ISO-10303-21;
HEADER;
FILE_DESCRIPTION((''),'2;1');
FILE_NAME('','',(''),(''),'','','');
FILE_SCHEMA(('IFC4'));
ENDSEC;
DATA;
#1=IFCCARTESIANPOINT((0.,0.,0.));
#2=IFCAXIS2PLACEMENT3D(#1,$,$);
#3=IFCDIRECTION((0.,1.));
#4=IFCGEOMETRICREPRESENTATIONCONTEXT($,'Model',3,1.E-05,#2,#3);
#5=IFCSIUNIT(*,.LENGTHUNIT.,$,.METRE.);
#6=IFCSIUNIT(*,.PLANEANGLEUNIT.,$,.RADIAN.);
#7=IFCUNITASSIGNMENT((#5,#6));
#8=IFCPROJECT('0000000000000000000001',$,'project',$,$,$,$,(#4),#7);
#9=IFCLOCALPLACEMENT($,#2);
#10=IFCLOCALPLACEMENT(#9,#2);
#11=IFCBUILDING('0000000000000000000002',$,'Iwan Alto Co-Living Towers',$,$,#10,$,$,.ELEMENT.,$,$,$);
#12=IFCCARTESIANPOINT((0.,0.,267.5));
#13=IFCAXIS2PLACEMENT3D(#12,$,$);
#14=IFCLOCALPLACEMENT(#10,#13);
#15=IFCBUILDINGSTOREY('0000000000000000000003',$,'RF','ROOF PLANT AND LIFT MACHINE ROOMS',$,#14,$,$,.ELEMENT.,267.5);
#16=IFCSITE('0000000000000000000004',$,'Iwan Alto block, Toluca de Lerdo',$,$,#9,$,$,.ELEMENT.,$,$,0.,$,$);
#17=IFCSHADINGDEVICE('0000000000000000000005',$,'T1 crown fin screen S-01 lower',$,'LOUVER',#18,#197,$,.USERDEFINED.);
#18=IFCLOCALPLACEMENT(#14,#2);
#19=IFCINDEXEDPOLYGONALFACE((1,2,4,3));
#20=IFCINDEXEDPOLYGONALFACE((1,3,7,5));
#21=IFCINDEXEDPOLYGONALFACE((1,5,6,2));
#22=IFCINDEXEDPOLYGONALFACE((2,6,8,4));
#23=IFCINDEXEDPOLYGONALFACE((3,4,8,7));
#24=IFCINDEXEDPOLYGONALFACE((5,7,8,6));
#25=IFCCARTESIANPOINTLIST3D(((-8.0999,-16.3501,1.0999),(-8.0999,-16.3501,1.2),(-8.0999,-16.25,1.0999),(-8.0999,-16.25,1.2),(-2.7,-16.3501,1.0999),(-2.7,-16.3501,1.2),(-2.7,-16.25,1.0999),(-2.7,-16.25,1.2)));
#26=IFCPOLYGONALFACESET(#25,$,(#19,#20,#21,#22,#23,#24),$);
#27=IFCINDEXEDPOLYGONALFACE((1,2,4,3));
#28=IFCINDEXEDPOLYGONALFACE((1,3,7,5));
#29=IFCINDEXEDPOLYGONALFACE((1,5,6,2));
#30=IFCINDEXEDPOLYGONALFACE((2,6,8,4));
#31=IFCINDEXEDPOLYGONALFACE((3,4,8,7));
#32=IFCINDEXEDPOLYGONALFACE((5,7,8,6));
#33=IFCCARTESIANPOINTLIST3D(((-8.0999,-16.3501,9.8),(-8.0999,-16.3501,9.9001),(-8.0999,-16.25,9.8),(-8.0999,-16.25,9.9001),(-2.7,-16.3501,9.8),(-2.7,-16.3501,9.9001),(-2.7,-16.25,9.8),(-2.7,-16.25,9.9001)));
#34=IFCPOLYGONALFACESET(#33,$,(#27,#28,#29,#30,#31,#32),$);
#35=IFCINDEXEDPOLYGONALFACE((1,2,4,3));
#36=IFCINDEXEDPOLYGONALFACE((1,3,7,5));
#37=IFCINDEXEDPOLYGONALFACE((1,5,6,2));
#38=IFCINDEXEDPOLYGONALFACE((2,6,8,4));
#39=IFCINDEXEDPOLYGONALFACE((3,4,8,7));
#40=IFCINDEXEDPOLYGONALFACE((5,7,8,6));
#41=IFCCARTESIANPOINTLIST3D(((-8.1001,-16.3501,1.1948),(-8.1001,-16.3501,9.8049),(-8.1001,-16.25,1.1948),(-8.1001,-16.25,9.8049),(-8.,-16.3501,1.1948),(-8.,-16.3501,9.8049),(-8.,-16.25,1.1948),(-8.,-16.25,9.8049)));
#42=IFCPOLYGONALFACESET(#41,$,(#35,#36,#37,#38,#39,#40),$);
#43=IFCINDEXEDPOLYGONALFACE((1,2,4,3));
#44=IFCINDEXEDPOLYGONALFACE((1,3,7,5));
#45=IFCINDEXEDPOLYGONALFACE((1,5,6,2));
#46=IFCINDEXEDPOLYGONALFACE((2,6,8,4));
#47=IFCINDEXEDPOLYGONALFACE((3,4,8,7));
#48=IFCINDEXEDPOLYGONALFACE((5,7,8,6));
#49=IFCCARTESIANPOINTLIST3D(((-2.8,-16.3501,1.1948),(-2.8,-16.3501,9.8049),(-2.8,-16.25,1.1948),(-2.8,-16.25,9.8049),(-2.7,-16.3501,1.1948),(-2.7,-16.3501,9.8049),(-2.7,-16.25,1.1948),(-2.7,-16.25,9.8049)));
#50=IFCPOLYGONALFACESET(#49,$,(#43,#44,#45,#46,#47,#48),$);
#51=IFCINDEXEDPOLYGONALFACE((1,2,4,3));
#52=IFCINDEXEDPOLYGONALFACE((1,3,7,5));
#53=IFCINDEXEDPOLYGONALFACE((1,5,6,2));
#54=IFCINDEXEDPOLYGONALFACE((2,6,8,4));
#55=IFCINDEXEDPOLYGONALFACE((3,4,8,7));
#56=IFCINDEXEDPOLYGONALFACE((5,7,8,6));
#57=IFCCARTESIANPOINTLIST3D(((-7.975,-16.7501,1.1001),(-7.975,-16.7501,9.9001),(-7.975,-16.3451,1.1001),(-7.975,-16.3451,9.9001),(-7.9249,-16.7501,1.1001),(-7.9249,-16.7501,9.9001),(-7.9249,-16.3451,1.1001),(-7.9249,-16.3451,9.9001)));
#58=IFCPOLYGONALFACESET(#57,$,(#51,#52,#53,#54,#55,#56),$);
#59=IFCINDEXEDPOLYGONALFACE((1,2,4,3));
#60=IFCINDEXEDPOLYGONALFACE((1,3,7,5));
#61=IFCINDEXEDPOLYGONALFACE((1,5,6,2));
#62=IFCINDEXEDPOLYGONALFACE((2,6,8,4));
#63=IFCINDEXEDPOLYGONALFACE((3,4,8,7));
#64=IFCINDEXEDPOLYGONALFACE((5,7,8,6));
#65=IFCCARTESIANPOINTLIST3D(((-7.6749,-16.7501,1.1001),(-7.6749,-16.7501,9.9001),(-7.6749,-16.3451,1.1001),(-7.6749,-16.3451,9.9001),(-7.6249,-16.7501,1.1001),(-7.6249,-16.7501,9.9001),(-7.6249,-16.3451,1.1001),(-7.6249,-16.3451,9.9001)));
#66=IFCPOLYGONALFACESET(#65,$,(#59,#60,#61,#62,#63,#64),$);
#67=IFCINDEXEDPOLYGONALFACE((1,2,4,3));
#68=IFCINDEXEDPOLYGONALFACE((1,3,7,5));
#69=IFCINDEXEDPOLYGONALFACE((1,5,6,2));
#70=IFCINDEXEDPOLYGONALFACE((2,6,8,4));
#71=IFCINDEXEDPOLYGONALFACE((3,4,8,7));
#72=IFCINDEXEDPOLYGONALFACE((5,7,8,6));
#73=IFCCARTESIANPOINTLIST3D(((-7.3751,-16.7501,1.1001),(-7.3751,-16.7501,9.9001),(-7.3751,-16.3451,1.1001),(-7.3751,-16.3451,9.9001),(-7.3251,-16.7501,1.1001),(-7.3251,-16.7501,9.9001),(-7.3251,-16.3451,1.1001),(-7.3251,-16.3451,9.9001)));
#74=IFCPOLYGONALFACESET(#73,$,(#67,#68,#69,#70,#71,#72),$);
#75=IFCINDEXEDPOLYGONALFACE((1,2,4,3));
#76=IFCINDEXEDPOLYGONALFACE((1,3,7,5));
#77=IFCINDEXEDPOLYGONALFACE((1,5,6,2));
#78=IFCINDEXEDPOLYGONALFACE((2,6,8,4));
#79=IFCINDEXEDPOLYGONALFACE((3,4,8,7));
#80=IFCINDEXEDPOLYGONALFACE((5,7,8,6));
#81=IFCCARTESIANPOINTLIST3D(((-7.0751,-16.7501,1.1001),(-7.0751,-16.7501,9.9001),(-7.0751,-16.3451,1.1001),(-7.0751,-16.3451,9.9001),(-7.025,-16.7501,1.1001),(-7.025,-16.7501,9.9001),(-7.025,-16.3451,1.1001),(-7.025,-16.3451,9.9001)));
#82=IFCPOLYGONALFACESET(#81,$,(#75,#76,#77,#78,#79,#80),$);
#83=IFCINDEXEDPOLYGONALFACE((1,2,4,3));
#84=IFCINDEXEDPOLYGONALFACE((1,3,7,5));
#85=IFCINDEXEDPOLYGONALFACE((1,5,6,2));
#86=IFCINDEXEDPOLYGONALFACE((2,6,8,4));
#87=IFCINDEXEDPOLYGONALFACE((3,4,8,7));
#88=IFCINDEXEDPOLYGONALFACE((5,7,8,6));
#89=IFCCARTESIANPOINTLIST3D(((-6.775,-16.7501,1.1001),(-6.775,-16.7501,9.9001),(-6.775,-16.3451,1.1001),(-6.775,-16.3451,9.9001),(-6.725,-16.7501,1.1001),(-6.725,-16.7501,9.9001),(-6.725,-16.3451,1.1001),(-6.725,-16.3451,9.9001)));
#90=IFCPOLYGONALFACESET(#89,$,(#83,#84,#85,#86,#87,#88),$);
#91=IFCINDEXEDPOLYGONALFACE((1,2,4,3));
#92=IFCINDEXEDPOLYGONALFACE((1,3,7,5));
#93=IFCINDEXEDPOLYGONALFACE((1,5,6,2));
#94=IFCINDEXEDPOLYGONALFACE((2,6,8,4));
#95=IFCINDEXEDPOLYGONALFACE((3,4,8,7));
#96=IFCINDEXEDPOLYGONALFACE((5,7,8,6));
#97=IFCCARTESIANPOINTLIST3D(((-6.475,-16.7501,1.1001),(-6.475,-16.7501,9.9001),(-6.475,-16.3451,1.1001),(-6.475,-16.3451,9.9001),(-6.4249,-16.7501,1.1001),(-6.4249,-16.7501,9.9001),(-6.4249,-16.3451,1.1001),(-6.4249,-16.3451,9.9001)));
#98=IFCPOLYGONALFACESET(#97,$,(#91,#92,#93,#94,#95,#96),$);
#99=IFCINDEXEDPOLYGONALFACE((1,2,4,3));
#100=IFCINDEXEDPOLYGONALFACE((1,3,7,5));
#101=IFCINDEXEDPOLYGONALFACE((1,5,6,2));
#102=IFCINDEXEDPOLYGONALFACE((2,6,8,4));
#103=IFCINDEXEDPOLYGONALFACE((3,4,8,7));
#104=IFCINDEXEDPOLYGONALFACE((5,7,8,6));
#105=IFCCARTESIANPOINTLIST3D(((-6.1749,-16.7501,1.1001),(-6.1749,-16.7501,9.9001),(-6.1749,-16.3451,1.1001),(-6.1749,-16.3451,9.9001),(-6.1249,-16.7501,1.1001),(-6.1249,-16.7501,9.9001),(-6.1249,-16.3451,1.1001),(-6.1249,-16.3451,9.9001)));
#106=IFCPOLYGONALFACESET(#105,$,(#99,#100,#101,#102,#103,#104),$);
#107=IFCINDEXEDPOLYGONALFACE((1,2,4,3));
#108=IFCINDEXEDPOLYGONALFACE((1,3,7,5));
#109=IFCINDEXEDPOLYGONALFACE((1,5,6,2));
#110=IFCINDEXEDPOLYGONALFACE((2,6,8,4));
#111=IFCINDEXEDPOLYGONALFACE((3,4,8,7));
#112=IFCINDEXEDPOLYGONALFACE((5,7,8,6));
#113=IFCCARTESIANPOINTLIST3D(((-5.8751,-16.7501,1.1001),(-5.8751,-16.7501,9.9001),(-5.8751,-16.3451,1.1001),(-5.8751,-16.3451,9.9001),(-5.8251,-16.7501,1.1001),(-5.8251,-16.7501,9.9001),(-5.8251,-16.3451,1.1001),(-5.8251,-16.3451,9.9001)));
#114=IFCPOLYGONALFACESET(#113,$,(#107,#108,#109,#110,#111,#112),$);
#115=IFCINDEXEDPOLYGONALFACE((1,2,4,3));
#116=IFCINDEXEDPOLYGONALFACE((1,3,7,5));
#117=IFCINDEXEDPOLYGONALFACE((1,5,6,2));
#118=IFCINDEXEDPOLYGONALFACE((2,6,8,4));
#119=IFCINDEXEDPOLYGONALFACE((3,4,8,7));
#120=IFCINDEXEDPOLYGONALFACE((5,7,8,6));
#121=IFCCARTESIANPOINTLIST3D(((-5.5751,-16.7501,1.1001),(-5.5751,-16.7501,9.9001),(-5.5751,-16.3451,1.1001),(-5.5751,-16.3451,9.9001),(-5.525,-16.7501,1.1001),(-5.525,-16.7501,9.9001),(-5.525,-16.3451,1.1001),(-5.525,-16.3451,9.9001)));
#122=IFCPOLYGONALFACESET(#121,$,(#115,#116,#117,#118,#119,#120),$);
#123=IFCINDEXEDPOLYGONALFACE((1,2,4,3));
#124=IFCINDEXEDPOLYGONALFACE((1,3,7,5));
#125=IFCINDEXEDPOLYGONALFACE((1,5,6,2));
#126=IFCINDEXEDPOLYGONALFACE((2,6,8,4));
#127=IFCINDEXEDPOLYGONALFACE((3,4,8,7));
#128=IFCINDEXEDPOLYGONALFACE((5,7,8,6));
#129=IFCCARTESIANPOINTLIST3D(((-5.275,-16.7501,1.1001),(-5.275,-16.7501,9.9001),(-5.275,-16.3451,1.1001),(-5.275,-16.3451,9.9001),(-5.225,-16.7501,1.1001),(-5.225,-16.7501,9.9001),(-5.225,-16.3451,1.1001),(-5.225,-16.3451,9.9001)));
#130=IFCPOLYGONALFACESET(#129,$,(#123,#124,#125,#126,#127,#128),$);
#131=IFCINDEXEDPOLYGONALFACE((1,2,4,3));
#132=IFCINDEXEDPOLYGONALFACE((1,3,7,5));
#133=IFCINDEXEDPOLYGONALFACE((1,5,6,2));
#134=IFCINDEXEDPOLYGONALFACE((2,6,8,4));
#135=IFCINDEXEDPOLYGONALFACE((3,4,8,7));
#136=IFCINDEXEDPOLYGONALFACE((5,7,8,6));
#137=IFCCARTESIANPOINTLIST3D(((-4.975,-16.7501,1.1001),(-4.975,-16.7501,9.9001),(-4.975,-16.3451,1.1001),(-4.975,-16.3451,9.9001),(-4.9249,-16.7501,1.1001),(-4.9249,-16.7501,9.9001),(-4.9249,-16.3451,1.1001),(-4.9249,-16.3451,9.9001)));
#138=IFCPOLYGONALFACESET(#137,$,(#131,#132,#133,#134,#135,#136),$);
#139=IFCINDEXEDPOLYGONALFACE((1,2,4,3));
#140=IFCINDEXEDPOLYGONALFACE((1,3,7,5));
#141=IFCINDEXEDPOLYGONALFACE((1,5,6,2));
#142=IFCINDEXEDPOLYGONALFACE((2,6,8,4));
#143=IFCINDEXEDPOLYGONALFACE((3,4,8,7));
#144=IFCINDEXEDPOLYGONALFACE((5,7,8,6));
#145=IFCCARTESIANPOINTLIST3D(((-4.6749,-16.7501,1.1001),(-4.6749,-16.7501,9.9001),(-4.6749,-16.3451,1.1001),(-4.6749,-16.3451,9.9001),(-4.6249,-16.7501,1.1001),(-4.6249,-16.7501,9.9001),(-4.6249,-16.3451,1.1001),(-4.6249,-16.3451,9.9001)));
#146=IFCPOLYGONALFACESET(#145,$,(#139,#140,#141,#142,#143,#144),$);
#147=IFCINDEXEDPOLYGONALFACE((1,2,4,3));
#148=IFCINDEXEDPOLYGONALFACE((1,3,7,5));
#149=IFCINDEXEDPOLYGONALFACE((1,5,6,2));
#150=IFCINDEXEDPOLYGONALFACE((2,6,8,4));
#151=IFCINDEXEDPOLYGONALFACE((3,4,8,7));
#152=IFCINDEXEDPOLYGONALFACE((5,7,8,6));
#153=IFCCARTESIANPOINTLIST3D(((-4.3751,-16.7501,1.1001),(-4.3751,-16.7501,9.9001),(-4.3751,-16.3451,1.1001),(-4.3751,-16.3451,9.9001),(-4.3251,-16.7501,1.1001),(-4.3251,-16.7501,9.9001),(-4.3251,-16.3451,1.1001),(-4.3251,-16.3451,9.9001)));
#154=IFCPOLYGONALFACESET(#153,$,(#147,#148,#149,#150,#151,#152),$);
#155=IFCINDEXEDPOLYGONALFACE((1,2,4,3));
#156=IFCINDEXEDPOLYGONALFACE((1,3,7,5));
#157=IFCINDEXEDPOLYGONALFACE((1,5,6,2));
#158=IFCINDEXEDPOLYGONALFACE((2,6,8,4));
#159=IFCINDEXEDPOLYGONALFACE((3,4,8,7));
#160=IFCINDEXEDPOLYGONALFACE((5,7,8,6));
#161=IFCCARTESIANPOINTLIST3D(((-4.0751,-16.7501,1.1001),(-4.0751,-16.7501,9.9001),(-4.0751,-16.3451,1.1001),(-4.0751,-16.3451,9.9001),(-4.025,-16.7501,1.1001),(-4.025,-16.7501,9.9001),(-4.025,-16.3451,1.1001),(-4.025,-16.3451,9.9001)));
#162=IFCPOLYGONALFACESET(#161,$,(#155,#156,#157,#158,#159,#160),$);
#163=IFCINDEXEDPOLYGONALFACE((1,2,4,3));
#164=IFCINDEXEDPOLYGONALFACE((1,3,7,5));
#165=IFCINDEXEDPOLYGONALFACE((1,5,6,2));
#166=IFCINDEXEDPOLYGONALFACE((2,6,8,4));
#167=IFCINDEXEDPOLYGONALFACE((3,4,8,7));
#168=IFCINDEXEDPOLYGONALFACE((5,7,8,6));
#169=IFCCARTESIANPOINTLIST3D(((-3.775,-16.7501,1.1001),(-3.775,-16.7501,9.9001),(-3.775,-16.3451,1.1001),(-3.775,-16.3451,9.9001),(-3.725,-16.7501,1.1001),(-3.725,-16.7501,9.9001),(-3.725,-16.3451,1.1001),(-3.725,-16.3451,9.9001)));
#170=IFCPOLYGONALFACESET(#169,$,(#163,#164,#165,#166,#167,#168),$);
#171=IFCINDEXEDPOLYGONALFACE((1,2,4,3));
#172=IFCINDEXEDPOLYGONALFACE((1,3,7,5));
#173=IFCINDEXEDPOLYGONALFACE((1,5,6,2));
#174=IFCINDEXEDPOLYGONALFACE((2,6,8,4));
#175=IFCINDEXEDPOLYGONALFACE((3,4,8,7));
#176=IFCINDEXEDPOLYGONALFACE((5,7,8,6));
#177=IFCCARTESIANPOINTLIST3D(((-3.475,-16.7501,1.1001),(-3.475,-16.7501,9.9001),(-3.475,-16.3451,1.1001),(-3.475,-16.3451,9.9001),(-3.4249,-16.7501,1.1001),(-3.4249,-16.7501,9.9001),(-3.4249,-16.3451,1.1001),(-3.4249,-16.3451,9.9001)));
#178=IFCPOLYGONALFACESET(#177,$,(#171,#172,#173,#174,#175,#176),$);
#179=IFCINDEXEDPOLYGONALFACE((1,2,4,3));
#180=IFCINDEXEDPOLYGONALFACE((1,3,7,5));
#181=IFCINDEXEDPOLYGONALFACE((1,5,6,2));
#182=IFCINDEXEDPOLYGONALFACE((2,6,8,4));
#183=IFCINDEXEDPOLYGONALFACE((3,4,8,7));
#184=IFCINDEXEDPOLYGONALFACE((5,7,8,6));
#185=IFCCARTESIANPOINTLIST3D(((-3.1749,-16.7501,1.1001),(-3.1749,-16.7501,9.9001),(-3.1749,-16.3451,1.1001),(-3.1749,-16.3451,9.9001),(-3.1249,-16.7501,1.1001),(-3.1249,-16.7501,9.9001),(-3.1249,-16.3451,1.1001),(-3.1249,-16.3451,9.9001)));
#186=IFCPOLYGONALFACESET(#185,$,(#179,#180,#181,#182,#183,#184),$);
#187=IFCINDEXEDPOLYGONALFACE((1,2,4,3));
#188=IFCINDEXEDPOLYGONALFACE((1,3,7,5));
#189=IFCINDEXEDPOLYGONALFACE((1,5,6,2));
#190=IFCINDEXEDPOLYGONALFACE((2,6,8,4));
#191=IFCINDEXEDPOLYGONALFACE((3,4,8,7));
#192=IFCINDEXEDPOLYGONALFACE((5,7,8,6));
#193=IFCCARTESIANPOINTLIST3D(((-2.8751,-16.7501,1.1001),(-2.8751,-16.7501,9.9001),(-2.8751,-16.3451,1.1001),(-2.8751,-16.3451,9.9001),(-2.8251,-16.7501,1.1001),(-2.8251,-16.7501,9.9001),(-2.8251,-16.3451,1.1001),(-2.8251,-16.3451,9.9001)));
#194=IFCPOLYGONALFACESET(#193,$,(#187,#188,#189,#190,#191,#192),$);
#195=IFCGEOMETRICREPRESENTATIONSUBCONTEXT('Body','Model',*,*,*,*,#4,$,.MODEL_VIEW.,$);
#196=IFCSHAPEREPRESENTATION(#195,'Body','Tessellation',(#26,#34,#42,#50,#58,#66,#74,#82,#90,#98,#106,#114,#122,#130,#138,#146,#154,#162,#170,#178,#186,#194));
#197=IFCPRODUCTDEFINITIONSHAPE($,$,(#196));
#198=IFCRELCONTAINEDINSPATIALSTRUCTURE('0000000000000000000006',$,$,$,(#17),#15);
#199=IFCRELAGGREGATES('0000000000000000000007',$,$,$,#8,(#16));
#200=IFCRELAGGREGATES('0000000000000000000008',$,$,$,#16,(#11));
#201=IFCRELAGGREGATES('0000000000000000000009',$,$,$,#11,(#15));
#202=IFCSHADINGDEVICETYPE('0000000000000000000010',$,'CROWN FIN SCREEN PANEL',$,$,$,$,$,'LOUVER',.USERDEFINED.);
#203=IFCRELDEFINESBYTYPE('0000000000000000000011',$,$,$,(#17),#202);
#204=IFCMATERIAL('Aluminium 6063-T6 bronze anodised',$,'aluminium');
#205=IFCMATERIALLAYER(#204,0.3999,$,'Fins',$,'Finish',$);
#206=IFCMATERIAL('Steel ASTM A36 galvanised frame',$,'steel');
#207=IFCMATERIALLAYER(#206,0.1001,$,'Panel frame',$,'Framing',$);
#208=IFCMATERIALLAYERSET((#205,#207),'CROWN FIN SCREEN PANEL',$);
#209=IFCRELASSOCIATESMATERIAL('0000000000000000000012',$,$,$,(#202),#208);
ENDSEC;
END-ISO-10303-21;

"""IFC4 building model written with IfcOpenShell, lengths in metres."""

from ifc_helpers import new_model, si_unit, direction, frame, origin, origin_2d, place, context, subcontext, project, spatial, rectangle, extrude, material, layer, layer_set, type_object, element, save


model = new_model("IFC4")

# Units and contexts
model_context = context("Model", 3, precision=1e-05, world=origin(), true_north=direction((0.0, 1.0)))
body_context = subcontext(model_context, "Body", "Model", "MODEL_VIEW")
ifc_project = project(units=[si_unit("LENGTHUNIT", "METRE"), si_unit("PLANEANGLEUNIT", "RADIAN")], contexts=[model_context])

# Site, building, storey
site_placement = place(None, origin())
site = spatial("IfcSite", under=ifc_project, at=site_placement, Name="Iwan Alto block, Toluca de Lerdo", CompositionType="ELEMENT", RefElevation=0.0)
building_placement = place(site_placement, origin())
building = spatial("IfcBuilding", under=site, at=building_placement, Name="Iwan Alto Co-Living Towers", CompositionType="ELEMENT")
storey_placement = place(building_placement, frame((0.0, 0.0, 267.5)))
storey = spatial("IfcBuildingStorey", under=building, at=storey_placement, Name="RF", Description="ROOF PLANT AND LIFT MACHINE ROOMS", CompositionType="ELEMENT", Elevation=267.5)

# Shading device
ifc_material_1 = material(Name="Aluminium 6063-T6 bronze anodised", Category="aluminium")
ifc_layer_1 = layer(ifc_material_1, 0.3999, Name="Fins", Category="Finish")
ifc_material_2 = material(Name="Steel ASTM A36 galvanised frame", Category="steel")
ifc_layer_2 = layer(ifc_material_2, 0.1001, Name="Panel frame", Category="Framing")
ifc_layer_set = layer_set([ifc_layer_1, ifc_layer_2], Name="CROWN FIN SCREEN PANEL")
shading_device_type = type_object("IfcShadingDeviceType", Name="CROWN FIN SCREEN PANEL", ElementType="LOUVER", PredefinedType="USERDEFINED", material=ifc_layer_set)
shading_device_1_placement = place(storey_placement, frame((0.0, 0.0, -267.5)))
element("IfcShadingDevice", 1, at=shading_device_1_placement, inside=storey, type_object=shading_device_type, Name="T1 crown fin screen S-01 lower", ObjectType="LOUVER", PredefinedType="USERDEFINED", context=body_context, shape_type="SweptSolid", body=[
    extrude(rectangle(XDim=5.3999, YDim=0.1001, at=origin_2d()), frame((-5.3999, -16.3, 268.5999), z_axis=(0.0, 0.0, 1.0), x_axis=(1.0, 0.0, 0.0)), (0.0, 0.0, 1.0), 0.1001),
    extrude(rectangle(XDim=5.3999, YDim=0.1001, at=origin_2d()), frame((-5.3999, -16.3, 277.3), z_axis=(0.0, 0.0, 1.0), x_axis=(1.0, 0.0, 0.0)), (0.0, 0.0, 1.0), 0.1001),
    extrude(rectangle(XDim=0.1001, YDim=0.1001, at=origin_2d()), frame((-8.05, -16.3, 268.6948), z_axis=(0.0, 0.0, 1.0), x_axis=(1.0, 0.0, 0.0)), (0.0, 0.0, 1.0), 8.6101),
    extrude(rectangle(XDim=0.1001, YDim=0.1001, at=origin_2d()), frame((-2.75, -16.3, 268.6948), z_axis=(0.0, 0.0, 1.0), x_axis=(1.0, 0.0, 0.0)), (0.0, 0.0, 1.0), 8.6101),
    extrude(rectangle(XDim=0.05, YDim=0.405, at=origin_2d()), frame((-7.95, -16.5476, 268.6001), z_axis=(0.0, 0.0, 1.0), x_axis=(1.0, 0.0, 0.0)), (0.0, 0.0, 1.0), 8.8),
    extrude(rectangle(XDim=0.05, YDim=0.405, at=origin_2d()), frame((-7.6499, -16.5476, 268.6001), z_axis=(0.0, 0.0, 1.0), x_axis=(1.0, 0.0, 0.0)), (0.0, 0.0, 1.0), 8.8),
    extrude(rectangle(XDim=0.05, YDim=0.405, at=origin_2d()), frame((-7.3501, -16.5476, 268.6001), z_axis=(0.0, 0.0, 1.0), x_axis=(1.0, 0.0, 0.0)), (0.0, 0.0, 1.0), 8.8),
    extrude(rectangle(XDim=0.05, YDim=0.405, at=origin_2d()), frame((-7.05, -16.5476, 268.6001), z_axis=(0.0, 0.0, 1.0), x_axis=(1.0, 0.0, 0.0)), (0.0, 0.0, 1.0), 8.8),
    extrude(rectangle(XDim=0.05, YDim=0.405, at=origin_2d()), frame((-6.75, -16.5476, 268.6001), z_axis=(0.0, 0.0, 1.0), x_axis=(1.0, 0.0, 0.0)), (0.0, 0.0, 1.0), 8.8),
    extrude(rectangle(XDim=0.05, YDim=0.405, at=origin_2d()), frame((-6.45, -16.5476, 268.6001), z_axis=(0.0, 0.0, 1.0), x_axis=(1.0, 0.0, 0.0)), (0.0, 0.0, 1.0), 8.8),
    extrude(rectangle(XDim=0.05, YDim=0.405, at=origin_2d()), frame((-6.1499, -16.5476, 268.6001), z_axis=(0.0, 0.0, 1.0), x_axis=(1.0, 0.0, 0.0)), (0.0, 0.0, 1.0), 8.8),
    extrude(rectangle(XDim=0.05, YDim=0.405, at=origin_2d()), frame((-5.8501, -16.5476, 268.6001), z_axis=(0.0, 0.0, 1.0), x_axis=(1.0, 0.0, 0.0)), (0.0, 0.0, 1.0), 8.8),
    extrude(rectangle(XDim=0.05, YDim=0.405, at=origin_2d()), frame((-5.55, -16.5476, 268.6001), z_axis=(0.0, 0.0, 1.0), x_axis=(1.0, 0.0, 0.0)), (0.0, 0.0, 1.0), 8.8),
    extrude(rectangle(XDim=0.05, YDim=0.405, at=origin_2d()), frame((-5.25, -16.5476, 268.6001), z_axis=(0.0, 0.0, 1.0), x_axis=(1.0, 0.0, 0.0)), (0.0, 0.0, 1.0), 8.8),
    extrude(rectangle(XDim=0.05, YDim=0.405, at=origin_2d()), frame((-4.95, -16.5476, 268.6001), z_axis=(0.0, 0.0, 1.0), x_axis=(1.0, 0.0, 0.0)), (0.0, 0.0, 1.0), 8.8),
    extrude(rectangle(XDim=0.05, YDim=0.405, at=origin_2d()), frame((-4.6499, -16.5476, 268.6001), z_axis=(0.0, 0.0, 1.0), x_axis=(1.0, 0.0, 0.0)), (0.0, 0.0, 1.0), 8.8),
    extrude(rectangle(XDim=0.05, YDim=0.405, at=origin_2d()), frame((-4.3501, -16.5476, 268.6001), z_axis=(0.0, 0.0, 1.0), x_axis=(1.0, 0.0, 0.0)), (0.0, 0.0, 1.0), 8.8),
    extrude(rectangle(XDim=0.05, YDim=0.405, at=origin_2d()), frame((-4.05, -16.5476, 268.6001), z_axis=(0.0, 0.0, 1.0), x_axis=(1.0, 0.0, 0.0)), (0.0, 0.0, 1.0), 8.8),
    extrude(rectangle(XDim=0.05, YDim=0.405, at=origin_2d()), frame((-3.75, -16.5476, 268.6001), z_axis=(0.0, 0.0, 1.0), x_axis=(1.0, 0.0, 0.0)), (0.0, 0.0, 1.0), 8.8),
    extrude(rectangle(XDim=0.05, YDim=0.405, at=origin_2d()), frame((-3.45, -16.5476, 268.6001), z_axis=(0.0, 0.0, 1.0), x_axis=(1.0, 0.0, 0.0)), (0.0, 0.0, 1.0), 8.8),
    extrude(rectangle(XDim=0.05, YDim=0.405, at=origin_2d()), frame((-3.1499, -16.5476, 268.6001), z_axis=(0.0, 0.0, 1.0), x_axis=(1.0, 0.0, 0.0)), (0.0, 0.0, 1.0), 8.8),
    extrude(rectangle(XDim=0.05, YDim=0.405, at=origin_2d()), frame((-2.8501, -16.5476, 268.6001), z_axis=(0.0, 0.0, 1.0), x_axis=(1.0, 0.0, 0.0)), (0.0, 0.0, 1.0), 8.8),
])

save(model, "model.ifc")
